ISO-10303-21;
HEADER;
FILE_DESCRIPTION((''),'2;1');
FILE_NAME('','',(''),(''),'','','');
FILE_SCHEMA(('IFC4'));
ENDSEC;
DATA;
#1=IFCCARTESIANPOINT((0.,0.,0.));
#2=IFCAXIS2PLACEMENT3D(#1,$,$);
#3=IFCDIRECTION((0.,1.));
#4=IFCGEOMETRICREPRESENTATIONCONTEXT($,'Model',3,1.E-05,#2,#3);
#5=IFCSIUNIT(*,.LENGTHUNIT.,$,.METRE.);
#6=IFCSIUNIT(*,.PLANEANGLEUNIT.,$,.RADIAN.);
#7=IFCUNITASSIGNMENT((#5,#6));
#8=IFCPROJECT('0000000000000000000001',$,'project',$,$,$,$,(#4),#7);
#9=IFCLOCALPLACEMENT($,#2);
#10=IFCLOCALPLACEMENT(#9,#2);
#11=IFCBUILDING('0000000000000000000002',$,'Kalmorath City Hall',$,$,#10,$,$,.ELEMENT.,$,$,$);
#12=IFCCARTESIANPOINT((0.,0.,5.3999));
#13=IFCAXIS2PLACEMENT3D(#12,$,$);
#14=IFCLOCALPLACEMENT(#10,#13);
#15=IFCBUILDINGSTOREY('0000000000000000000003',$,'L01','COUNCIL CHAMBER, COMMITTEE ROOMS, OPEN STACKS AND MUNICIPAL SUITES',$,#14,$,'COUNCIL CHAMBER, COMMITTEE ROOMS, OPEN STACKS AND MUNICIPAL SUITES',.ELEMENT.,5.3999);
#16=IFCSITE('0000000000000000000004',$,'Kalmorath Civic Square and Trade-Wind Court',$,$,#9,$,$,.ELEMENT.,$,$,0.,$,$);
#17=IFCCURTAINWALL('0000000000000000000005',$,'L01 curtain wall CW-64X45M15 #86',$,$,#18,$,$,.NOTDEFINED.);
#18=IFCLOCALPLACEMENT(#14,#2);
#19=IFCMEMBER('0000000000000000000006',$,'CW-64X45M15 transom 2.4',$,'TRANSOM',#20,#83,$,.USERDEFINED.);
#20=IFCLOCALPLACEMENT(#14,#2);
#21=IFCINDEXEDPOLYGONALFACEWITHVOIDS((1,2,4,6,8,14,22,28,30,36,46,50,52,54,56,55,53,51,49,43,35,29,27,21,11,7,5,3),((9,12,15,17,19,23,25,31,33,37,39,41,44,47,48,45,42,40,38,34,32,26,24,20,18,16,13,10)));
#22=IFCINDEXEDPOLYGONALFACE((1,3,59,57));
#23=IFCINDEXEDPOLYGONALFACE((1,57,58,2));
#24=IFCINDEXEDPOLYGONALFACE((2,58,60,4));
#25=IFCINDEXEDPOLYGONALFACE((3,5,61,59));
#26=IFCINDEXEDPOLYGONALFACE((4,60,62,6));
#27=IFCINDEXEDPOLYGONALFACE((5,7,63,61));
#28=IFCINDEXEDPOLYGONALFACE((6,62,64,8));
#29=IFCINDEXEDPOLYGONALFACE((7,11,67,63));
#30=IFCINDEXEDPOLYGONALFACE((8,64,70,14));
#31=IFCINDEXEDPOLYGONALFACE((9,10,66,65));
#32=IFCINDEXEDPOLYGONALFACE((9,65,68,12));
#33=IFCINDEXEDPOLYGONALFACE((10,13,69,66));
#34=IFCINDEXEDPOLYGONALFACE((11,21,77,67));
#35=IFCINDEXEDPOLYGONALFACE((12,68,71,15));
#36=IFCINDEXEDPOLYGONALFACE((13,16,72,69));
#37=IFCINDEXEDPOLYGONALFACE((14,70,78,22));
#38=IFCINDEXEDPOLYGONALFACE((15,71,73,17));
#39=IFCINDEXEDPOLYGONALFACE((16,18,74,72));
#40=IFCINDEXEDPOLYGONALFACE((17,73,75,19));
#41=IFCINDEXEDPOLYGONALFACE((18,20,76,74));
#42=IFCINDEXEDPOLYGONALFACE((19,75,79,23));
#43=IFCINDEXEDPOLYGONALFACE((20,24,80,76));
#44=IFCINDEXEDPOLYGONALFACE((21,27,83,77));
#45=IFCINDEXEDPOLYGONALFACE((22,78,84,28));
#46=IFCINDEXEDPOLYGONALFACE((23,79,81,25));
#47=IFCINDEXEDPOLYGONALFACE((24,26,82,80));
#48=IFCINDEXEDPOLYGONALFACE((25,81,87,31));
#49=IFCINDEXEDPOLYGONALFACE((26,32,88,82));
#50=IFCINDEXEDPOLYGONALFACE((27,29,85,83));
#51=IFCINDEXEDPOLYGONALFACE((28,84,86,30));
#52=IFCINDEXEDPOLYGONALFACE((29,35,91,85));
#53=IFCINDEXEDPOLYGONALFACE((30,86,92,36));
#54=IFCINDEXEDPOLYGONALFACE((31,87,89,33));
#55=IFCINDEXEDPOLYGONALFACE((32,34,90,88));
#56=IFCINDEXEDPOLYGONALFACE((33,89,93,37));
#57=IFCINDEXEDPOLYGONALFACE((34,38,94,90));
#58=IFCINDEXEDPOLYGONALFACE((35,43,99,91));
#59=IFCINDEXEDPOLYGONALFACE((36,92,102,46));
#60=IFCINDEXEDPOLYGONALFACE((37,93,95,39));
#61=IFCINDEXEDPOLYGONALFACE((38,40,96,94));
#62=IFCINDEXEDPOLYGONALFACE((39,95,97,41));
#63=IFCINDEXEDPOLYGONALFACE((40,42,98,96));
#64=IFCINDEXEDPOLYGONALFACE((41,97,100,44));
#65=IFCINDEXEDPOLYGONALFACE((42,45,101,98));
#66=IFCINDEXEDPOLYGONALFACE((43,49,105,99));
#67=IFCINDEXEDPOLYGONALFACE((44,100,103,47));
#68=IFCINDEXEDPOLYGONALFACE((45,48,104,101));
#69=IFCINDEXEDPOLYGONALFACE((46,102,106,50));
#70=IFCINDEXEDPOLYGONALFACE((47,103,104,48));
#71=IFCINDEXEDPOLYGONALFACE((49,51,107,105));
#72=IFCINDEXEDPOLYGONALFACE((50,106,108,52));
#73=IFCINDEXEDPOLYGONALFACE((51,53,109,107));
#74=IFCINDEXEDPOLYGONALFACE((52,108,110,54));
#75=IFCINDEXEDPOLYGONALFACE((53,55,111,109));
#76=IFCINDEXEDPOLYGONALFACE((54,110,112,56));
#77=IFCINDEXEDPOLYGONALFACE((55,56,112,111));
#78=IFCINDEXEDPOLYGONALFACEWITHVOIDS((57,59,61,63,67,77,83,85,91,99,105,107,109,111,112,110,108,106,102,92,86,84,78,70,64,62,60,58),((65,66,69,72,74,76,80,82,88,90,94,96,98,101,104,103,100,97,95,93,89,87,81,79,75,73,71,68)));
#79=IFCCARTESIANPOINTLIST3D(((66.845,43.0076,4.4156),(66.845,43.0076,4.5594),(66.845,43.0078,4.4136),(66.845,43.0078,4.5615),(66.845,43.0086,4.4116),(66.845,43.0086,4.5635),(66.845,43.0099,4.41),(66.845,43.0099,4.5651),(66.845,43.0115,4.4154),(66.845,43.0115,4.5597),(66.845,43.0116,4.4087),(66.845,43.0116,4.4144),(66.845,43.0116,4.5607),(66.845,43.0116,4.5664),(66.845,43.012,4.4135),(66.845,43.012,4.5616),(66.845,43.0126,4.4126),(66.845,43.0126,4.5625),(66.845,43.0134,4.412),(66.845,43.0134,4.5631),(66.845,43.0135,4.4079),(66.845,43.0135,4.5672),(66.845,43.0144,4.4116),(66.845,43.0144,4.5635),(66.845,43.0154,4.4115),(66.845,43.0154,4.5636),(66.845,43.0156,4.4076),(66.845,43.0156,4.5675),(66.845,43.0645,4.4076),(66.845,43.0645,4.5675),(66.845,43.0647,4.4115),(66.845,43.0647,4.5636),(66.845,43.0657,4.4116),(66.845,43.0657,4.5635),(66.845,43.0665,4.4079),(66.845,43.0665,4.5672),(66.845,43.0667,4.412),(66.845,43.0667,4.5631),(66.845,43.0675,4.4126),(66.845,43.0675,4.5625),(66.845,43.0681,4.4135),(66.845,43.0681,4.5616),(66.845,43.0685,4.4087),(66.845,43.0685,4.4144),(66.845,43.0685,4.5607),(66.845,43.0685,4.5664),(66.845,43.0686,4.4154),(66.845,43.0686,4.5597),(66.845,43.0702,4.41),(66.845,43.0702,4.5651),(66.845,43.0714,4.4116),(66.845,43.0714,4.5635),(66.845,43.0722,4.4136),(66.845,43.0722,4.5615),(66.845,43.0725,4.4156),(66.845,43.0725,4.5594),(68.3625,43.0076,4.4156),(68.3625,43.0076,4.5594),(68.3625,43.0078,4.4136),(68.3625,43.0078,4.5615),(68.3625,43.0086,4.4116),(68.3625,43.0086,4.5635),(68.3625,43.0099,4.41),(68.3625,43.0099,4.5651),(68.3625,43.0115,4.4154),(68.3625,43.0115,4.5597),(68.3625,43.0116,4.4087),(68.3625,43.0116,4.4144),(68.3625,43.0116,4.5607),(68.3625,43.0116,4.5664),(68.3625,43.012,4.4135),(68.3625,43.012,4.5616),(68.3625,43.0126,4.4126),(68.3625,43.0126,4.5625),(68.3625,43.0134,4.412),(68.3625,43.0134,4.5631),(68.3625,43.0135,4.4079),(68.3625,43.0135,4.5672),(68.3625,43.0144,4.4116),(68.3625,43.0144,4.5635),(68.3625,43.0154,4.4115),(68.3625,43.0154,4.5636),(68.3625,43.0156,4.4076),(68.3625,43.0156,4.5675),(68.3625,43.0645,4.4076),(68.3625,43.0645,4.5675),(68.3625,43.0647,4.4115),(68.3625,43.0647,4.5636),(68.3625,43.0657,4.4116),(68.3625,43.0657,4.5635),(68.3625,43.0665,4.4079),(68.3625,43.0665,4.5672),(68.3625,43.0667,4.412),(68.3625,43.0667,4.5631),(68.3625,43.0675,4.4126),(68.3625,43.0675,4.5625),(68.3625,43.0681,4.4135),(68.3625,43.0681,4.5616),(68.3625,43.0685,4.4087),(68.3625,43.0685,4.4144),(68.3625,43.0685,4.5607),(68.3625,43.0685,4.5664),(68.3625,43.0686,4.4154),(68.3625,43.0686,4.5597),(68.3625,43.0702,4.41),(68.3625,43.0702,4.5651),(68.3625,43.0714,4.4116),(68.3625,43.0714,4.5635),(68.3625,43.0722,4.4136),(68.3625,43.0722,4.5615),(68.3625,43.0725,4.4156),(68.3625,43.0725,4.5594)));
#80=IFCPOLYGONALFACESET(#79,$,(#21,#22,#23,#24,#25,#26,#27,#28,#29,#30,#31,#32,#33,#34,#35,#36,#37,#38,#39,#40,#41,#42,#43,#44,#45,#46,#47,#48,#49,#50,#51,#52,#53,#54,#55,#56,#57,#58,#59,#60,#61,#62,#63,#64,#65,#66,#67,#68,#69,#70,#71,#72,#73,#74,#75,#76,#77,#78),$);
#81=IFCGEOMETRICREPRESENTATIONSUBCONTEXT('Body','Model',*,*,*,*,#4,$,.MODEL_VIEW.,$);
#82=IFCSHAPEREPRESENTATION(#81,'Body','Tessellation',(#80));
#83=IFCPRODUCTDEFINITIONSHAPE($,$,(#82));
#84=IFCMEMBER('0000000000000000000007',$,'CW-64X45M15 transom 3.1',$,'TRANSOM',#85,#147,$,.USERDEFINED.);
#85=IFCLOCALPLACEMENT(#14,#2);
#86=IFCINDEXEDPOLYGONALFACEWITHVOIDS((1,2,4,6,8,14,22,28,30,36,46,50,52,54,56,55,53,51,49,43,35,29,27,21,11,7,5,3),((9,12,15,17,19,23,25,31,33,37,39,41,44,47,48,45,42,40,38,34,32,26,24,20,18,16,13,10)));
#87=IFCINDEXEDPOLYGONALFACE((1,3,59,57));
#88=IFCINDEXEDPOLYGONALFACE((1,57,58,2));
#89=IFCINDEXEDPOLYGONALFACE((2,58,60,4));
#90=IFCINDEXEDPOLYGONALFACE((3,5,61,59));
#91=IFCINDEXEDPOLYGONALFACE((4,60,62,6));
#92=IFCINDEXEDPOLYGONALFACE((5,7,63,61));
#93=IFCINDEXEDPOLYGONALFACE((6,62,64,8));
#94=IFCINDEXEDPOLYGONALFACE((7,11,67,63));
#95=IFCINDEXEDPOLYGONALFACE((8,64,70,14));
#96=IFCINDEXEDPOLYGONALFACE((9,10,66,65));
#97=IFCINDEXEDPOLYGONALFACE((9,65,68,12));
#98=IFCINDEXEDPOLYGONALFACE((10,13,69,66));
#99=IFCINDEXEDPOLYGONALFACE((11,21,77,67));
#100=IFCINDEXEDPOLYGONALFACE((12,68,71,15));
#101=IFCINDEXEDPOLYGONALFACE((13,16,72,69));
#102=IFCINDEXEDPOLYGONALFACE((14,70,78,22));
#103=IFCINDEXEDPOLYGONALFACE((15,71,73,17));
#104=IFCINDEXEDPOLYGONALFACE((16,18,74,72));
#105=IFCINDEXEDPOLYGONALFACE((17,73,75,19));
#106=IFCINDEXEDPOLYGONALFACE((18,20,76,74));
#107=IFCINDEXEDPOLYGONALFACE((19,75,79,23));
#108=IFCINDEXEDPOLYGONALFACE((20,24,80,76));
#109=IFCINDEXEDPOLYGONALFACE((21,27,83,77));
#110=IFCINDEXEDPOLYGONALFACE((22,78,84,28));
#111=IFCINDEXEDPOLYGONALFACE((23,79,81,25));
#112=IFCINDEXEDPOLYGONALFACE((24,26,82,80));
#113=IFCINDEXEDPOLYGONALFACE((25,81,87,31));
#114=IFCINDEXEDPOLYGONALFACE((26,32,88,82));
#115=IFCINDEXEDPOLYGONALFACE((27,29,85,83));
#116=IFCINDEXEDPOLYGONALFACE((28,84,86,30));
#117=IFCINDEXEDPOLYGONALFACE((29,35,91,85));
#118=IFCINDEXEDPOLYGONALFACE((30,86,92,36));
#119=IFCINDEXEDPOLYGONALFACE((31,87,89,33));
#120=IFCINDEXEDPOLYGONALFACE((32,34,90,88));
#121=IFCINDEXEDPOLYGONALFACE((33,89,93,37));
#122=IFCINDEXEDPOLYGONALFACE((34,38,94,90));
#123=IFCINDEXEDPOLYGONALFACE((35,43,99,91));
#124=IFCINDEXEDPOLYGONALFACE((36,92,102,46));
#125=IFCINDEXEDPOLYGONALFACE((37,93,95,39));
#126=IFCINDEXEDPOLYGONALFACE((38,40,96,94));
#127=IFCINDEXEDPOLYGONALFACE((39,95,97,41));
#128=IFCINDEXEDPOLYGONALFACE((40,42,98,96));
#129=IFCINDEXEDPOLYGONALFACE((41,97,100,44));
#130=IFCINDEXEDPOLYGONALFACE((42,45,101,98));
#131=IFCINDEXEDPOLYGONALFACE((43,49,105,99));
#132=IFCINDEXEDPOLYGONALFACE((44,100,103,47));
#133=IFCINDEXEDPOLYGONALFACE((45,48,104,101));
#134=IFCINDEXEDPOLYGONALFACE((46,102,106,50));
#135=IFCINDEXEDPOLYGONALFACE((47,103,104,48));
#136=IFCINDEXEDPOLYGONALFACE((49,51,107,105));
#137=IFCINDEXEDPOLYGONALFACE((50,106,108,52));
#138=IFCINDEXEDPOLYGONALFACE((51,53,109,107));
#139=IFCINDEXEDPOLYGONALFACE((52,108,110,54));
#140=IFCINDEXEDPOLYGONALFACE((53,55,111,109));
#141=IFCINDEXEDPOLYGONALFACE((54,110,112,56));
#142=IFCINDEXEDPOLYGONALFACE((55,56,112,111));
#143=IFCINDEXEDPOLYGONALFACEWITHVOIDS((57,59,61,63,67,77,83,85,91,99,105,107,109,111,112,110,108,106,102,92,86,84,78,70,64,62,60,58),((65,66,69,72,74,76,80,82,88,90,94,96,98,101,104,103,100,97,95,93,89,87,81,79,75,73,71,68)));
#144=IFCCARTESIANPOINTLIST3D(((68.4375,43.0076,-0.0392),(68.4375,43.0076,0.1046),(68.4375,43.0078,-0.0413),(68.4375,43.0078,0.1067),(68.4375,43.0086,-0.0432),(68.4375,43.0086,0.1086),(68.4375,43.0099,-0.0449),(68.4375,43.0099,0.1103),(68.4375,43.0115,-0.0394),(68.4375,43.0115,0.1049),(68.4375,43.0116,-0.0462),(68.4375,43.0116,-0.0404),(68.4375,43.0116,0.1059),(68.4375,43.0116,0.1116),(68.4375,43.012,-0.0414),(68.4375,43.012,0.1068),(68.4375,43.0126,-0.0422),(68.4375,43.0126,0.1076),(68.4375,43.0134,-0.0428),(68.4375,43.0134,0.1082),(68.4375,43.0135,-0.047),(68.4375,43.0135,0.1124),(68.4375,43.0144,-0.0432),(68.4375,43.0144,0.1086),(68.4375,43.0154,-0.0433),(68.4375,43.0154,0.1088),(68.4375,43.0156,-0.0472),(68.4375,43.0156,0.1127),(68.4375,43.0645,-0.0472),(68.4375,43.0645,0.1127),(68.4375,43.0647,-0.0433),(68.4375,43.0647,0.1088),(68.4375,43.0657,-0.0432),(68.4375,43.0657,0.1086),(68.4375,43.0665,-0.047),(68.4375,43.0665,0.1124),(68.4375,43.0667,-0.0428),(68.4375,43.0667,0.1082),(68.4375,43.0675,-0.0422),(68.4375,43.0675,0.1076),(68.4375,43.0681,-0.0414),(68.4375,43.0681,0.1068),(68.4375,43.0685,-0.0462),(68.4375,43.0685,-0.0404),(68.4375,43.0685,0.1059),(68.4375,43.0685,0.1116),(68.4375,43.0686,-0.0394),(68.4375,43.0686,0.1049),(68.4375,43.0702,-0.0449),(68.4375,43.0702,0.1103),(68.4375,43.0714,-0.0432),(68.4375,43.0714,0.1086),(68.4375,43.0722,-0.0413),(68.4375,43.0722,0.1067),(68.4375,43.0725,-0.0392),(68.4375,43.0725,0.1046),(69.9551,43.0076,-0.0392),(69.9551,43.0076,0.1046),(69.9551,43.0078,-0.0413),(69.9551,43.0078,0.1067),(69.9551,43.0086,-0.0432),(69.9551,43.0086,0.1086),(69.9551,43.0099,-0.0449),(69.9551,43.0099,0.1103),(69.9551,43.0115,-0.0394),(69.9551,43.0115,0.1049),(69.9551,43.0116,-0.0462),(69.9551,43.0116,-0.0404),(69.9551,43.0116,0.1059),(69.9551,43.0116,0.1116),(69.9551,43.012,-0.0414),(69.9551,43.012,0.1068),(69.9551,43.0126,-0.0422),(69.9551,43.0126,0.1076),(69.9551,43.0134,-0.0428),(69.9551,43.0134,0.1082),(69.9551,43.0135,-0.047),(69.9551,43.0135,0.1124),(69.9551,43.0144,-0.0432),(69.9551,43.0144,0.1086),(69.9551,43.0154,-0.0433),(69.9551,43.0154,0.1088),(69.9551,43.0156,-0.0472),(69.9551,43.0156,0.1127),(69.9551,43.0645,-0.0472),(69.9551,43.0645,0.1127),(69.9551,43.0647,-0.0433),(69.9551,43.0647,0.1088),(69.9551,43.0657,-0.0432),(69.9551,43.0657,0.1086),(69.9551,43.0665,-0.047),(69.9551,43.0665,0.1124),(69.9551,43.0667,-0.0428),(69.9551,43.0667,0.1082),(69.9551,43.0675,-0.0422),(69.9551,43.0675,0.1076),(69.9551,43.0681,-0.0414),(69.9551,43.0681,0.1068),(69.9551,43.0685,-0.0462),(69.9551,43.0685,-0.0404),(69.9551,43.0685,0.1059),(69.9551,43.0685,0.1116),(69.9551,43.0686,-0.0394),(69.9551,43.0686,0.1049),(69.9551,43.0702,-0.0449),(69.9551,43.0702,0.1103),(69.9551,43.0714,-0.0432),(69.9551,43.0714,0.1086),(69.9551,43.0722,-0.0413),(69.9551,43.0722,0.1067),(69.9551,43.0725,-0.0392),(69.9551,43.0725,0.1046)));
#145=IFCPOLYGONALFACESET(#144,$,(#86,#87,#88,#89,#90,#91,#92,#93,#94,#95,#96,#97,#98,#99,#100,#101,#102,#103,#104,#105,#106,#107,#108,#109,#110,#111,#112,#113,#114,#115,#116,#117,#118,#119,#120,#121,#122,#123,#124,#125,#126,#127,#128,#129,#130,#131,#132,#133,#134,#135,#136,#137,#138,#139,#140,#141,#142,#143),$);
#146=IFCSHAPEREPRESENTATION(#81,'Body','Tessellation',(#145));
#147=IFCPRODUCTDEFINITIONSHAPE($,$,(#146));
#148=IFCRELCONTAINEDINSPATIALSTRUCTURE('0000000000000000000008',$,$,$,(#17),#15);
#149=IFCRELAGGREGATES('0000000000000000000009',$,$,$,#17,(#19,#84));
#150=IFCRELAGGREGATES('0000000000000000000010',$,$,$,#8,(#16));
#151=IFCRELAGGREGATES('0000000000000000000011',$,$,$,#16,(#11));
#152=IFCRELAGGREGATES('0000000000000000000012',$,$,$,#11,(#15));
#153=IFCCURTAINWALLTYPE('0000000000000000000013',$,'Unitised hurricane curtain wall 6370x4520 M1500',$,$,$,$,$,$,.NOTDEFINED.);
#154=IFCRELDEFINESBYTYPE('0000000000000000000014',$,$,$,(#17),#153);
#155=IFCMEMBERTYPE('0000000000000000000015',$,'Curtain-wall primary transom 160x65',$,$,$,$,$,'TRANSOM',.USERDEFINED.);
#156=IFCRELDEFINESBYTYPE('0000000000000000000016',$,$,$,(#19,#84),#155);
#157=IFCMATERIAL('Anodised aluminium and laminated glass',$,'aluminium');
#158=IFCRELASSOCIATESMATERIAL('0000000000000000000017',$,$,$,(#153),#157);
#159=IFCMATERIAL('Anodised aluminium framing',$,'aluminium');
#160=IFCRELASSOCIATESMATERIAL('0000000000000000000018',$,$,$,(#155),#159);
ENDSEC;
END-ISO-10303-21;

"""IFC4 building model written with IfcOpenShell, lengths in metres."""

from ifc_helpers import new_model, si_unit, direction, frame, origin, origin_2d, place, context, subcontext, project, spatial, hollow_rectangle, extrude, material, material_profile, profile_set, type_object, element, aggregate, save


model = new_model("IFC4")

# Units and contexts
model_context = context("Model", 3, precision=1e-05, world=origin(), true_north=direction((0.0, 1.0)))
body_context = subcontext(model_context, "Body", "Model", "MODEL_VIEW")
ifc_project = project(units=[si_unit("LENGTHUNIT", "METRE"), si_unit("PLANEANGLEUNIT", "RADIAN")], contexts=[model_context])

# Site, building, storey
site_placement = place(None, origin())
site = spatial("IfcSite", under=ifc_project, at=site_placement, Name="Kalmorath Civic Square and Trade-Wind Court", CompositionType="ELEMENT", RefElevation=0.0)
building_placement = place(site_placement, origin())
building = spatial("IfcBuilding", under=site, at=building_placement, Name="Kalmorath City Hall", CompositionType="ELEMENT")
storey_placement = place(building_placement, frame((0.0, 0.0, 5.3999)))
storey = spatial("IfcBuildingStorey", under=building, at=storey_placement, Name="L01", Description="COUNCIL CHAMBER, COMMITTEE ROOMS, OPEN STACKS AND MUNICIPAL SUITES", LongName="COUNCIL CHAMBER, COMMITTEE ROOMS, OPEN STACKS AND MUNICIPAL SUITES", CompositionType="ELEMENT", Elevation=5.3999)

# Curtain wall, members
ifc_material_1 = material(Name="Anodised aluminium and laminated glass", Category="aluminium")
curtain_wall_type = type_object("IfcCurtainWallType", Name="Unitised hurricane curtain wall 6370x4520 M1500", PredefinedType="NOTDEFINED", material=ifc_material_1)
curtain_wall_placement = place(storey_placement, origin())
curtain_wall = element("IfcCurtainWall", 1, at=curtain_wall_placement, inside=storey, type_object=curtain_wall_type, Name="L01 curtain wall CW-64X45M15 #86", PredefinedType="NOTDEFINED")
ifc_material_2 = material(Name="Anodised aluminium framing", Category="aluminium")
ifc_material_profile_1 = material_profile(ifc_material_2, hollow_rectangle(XDim=0.0649, YDim=0.1599, WallThickness=0.0039, InnerFilletRadius=0.0039, OuterFilletRadius=0.0081, at=origin_2d()), Name="ALU-TRN-160X65X4")
ifc_profile_set_1 = profile_set([ifc_material_profile_1], Name="Anodised aluminium framing")
member_type_1 = type_object("IfcMemberType", Name="Curtain-wall primary transom 160x65", ElementType="TRANSOM", PredefinedType="USERDEFINED", material=ifc_profile_set_1)
member_1_placement = place(storey_placement, frame((66.845, 43.04, 4.4875), z_axis=(1.0, 0.0, 0.0), x_axis=(0.0, 1.0, 0.0)))
member_1 = element("IfcMember", 2, at=member_1_placement, type_object=member_type_1, Name="CW-64X45M15 transom 2.4", ObjectType="TRANSOM", PredefinedType="USERDEFINED", context=body_context, shape_type="SweptSolid", body=[
    extrude(hollow_rectangle(XDim=0.0649, YDim=0.1599, WallThickness=0.0039, InnerFilletRadius=0.0039, OuterFilletRadius=0.0081, at=origin_2d()), origin(), (0.0, 0.0, 1.0), 1.5176),
])
member_2_placement = place(storey_placement, frame((68.4375, 43.04, 0.0327), z_axis=(1.0, 0.0, 0.0), x_axis=(0.0, 1.0, 0.0)))
member_2 = element("IfcMember", 3, at=member_2_placement, type_object=member_type_1, Name="CW-64X45M15 transom 3.1", ObjectType="TRANSOM", PredefinedType="USERDEFINED", context=body_context, shape_type="SweptSolid", body=[
    extrude(hollow_rectangle(XDim=0.0649, YDim=0.1599, WallThickness=0.0039, InnerFilletRadius=0.0039, OuterFilletRadius=0.0081, at=origin_2d()), origin(), (0.0, 0.0, 1.0), 1.5176),
])
aggregate(curtain_wall, [member_1, member_2])

save(model, "model.ifc")
